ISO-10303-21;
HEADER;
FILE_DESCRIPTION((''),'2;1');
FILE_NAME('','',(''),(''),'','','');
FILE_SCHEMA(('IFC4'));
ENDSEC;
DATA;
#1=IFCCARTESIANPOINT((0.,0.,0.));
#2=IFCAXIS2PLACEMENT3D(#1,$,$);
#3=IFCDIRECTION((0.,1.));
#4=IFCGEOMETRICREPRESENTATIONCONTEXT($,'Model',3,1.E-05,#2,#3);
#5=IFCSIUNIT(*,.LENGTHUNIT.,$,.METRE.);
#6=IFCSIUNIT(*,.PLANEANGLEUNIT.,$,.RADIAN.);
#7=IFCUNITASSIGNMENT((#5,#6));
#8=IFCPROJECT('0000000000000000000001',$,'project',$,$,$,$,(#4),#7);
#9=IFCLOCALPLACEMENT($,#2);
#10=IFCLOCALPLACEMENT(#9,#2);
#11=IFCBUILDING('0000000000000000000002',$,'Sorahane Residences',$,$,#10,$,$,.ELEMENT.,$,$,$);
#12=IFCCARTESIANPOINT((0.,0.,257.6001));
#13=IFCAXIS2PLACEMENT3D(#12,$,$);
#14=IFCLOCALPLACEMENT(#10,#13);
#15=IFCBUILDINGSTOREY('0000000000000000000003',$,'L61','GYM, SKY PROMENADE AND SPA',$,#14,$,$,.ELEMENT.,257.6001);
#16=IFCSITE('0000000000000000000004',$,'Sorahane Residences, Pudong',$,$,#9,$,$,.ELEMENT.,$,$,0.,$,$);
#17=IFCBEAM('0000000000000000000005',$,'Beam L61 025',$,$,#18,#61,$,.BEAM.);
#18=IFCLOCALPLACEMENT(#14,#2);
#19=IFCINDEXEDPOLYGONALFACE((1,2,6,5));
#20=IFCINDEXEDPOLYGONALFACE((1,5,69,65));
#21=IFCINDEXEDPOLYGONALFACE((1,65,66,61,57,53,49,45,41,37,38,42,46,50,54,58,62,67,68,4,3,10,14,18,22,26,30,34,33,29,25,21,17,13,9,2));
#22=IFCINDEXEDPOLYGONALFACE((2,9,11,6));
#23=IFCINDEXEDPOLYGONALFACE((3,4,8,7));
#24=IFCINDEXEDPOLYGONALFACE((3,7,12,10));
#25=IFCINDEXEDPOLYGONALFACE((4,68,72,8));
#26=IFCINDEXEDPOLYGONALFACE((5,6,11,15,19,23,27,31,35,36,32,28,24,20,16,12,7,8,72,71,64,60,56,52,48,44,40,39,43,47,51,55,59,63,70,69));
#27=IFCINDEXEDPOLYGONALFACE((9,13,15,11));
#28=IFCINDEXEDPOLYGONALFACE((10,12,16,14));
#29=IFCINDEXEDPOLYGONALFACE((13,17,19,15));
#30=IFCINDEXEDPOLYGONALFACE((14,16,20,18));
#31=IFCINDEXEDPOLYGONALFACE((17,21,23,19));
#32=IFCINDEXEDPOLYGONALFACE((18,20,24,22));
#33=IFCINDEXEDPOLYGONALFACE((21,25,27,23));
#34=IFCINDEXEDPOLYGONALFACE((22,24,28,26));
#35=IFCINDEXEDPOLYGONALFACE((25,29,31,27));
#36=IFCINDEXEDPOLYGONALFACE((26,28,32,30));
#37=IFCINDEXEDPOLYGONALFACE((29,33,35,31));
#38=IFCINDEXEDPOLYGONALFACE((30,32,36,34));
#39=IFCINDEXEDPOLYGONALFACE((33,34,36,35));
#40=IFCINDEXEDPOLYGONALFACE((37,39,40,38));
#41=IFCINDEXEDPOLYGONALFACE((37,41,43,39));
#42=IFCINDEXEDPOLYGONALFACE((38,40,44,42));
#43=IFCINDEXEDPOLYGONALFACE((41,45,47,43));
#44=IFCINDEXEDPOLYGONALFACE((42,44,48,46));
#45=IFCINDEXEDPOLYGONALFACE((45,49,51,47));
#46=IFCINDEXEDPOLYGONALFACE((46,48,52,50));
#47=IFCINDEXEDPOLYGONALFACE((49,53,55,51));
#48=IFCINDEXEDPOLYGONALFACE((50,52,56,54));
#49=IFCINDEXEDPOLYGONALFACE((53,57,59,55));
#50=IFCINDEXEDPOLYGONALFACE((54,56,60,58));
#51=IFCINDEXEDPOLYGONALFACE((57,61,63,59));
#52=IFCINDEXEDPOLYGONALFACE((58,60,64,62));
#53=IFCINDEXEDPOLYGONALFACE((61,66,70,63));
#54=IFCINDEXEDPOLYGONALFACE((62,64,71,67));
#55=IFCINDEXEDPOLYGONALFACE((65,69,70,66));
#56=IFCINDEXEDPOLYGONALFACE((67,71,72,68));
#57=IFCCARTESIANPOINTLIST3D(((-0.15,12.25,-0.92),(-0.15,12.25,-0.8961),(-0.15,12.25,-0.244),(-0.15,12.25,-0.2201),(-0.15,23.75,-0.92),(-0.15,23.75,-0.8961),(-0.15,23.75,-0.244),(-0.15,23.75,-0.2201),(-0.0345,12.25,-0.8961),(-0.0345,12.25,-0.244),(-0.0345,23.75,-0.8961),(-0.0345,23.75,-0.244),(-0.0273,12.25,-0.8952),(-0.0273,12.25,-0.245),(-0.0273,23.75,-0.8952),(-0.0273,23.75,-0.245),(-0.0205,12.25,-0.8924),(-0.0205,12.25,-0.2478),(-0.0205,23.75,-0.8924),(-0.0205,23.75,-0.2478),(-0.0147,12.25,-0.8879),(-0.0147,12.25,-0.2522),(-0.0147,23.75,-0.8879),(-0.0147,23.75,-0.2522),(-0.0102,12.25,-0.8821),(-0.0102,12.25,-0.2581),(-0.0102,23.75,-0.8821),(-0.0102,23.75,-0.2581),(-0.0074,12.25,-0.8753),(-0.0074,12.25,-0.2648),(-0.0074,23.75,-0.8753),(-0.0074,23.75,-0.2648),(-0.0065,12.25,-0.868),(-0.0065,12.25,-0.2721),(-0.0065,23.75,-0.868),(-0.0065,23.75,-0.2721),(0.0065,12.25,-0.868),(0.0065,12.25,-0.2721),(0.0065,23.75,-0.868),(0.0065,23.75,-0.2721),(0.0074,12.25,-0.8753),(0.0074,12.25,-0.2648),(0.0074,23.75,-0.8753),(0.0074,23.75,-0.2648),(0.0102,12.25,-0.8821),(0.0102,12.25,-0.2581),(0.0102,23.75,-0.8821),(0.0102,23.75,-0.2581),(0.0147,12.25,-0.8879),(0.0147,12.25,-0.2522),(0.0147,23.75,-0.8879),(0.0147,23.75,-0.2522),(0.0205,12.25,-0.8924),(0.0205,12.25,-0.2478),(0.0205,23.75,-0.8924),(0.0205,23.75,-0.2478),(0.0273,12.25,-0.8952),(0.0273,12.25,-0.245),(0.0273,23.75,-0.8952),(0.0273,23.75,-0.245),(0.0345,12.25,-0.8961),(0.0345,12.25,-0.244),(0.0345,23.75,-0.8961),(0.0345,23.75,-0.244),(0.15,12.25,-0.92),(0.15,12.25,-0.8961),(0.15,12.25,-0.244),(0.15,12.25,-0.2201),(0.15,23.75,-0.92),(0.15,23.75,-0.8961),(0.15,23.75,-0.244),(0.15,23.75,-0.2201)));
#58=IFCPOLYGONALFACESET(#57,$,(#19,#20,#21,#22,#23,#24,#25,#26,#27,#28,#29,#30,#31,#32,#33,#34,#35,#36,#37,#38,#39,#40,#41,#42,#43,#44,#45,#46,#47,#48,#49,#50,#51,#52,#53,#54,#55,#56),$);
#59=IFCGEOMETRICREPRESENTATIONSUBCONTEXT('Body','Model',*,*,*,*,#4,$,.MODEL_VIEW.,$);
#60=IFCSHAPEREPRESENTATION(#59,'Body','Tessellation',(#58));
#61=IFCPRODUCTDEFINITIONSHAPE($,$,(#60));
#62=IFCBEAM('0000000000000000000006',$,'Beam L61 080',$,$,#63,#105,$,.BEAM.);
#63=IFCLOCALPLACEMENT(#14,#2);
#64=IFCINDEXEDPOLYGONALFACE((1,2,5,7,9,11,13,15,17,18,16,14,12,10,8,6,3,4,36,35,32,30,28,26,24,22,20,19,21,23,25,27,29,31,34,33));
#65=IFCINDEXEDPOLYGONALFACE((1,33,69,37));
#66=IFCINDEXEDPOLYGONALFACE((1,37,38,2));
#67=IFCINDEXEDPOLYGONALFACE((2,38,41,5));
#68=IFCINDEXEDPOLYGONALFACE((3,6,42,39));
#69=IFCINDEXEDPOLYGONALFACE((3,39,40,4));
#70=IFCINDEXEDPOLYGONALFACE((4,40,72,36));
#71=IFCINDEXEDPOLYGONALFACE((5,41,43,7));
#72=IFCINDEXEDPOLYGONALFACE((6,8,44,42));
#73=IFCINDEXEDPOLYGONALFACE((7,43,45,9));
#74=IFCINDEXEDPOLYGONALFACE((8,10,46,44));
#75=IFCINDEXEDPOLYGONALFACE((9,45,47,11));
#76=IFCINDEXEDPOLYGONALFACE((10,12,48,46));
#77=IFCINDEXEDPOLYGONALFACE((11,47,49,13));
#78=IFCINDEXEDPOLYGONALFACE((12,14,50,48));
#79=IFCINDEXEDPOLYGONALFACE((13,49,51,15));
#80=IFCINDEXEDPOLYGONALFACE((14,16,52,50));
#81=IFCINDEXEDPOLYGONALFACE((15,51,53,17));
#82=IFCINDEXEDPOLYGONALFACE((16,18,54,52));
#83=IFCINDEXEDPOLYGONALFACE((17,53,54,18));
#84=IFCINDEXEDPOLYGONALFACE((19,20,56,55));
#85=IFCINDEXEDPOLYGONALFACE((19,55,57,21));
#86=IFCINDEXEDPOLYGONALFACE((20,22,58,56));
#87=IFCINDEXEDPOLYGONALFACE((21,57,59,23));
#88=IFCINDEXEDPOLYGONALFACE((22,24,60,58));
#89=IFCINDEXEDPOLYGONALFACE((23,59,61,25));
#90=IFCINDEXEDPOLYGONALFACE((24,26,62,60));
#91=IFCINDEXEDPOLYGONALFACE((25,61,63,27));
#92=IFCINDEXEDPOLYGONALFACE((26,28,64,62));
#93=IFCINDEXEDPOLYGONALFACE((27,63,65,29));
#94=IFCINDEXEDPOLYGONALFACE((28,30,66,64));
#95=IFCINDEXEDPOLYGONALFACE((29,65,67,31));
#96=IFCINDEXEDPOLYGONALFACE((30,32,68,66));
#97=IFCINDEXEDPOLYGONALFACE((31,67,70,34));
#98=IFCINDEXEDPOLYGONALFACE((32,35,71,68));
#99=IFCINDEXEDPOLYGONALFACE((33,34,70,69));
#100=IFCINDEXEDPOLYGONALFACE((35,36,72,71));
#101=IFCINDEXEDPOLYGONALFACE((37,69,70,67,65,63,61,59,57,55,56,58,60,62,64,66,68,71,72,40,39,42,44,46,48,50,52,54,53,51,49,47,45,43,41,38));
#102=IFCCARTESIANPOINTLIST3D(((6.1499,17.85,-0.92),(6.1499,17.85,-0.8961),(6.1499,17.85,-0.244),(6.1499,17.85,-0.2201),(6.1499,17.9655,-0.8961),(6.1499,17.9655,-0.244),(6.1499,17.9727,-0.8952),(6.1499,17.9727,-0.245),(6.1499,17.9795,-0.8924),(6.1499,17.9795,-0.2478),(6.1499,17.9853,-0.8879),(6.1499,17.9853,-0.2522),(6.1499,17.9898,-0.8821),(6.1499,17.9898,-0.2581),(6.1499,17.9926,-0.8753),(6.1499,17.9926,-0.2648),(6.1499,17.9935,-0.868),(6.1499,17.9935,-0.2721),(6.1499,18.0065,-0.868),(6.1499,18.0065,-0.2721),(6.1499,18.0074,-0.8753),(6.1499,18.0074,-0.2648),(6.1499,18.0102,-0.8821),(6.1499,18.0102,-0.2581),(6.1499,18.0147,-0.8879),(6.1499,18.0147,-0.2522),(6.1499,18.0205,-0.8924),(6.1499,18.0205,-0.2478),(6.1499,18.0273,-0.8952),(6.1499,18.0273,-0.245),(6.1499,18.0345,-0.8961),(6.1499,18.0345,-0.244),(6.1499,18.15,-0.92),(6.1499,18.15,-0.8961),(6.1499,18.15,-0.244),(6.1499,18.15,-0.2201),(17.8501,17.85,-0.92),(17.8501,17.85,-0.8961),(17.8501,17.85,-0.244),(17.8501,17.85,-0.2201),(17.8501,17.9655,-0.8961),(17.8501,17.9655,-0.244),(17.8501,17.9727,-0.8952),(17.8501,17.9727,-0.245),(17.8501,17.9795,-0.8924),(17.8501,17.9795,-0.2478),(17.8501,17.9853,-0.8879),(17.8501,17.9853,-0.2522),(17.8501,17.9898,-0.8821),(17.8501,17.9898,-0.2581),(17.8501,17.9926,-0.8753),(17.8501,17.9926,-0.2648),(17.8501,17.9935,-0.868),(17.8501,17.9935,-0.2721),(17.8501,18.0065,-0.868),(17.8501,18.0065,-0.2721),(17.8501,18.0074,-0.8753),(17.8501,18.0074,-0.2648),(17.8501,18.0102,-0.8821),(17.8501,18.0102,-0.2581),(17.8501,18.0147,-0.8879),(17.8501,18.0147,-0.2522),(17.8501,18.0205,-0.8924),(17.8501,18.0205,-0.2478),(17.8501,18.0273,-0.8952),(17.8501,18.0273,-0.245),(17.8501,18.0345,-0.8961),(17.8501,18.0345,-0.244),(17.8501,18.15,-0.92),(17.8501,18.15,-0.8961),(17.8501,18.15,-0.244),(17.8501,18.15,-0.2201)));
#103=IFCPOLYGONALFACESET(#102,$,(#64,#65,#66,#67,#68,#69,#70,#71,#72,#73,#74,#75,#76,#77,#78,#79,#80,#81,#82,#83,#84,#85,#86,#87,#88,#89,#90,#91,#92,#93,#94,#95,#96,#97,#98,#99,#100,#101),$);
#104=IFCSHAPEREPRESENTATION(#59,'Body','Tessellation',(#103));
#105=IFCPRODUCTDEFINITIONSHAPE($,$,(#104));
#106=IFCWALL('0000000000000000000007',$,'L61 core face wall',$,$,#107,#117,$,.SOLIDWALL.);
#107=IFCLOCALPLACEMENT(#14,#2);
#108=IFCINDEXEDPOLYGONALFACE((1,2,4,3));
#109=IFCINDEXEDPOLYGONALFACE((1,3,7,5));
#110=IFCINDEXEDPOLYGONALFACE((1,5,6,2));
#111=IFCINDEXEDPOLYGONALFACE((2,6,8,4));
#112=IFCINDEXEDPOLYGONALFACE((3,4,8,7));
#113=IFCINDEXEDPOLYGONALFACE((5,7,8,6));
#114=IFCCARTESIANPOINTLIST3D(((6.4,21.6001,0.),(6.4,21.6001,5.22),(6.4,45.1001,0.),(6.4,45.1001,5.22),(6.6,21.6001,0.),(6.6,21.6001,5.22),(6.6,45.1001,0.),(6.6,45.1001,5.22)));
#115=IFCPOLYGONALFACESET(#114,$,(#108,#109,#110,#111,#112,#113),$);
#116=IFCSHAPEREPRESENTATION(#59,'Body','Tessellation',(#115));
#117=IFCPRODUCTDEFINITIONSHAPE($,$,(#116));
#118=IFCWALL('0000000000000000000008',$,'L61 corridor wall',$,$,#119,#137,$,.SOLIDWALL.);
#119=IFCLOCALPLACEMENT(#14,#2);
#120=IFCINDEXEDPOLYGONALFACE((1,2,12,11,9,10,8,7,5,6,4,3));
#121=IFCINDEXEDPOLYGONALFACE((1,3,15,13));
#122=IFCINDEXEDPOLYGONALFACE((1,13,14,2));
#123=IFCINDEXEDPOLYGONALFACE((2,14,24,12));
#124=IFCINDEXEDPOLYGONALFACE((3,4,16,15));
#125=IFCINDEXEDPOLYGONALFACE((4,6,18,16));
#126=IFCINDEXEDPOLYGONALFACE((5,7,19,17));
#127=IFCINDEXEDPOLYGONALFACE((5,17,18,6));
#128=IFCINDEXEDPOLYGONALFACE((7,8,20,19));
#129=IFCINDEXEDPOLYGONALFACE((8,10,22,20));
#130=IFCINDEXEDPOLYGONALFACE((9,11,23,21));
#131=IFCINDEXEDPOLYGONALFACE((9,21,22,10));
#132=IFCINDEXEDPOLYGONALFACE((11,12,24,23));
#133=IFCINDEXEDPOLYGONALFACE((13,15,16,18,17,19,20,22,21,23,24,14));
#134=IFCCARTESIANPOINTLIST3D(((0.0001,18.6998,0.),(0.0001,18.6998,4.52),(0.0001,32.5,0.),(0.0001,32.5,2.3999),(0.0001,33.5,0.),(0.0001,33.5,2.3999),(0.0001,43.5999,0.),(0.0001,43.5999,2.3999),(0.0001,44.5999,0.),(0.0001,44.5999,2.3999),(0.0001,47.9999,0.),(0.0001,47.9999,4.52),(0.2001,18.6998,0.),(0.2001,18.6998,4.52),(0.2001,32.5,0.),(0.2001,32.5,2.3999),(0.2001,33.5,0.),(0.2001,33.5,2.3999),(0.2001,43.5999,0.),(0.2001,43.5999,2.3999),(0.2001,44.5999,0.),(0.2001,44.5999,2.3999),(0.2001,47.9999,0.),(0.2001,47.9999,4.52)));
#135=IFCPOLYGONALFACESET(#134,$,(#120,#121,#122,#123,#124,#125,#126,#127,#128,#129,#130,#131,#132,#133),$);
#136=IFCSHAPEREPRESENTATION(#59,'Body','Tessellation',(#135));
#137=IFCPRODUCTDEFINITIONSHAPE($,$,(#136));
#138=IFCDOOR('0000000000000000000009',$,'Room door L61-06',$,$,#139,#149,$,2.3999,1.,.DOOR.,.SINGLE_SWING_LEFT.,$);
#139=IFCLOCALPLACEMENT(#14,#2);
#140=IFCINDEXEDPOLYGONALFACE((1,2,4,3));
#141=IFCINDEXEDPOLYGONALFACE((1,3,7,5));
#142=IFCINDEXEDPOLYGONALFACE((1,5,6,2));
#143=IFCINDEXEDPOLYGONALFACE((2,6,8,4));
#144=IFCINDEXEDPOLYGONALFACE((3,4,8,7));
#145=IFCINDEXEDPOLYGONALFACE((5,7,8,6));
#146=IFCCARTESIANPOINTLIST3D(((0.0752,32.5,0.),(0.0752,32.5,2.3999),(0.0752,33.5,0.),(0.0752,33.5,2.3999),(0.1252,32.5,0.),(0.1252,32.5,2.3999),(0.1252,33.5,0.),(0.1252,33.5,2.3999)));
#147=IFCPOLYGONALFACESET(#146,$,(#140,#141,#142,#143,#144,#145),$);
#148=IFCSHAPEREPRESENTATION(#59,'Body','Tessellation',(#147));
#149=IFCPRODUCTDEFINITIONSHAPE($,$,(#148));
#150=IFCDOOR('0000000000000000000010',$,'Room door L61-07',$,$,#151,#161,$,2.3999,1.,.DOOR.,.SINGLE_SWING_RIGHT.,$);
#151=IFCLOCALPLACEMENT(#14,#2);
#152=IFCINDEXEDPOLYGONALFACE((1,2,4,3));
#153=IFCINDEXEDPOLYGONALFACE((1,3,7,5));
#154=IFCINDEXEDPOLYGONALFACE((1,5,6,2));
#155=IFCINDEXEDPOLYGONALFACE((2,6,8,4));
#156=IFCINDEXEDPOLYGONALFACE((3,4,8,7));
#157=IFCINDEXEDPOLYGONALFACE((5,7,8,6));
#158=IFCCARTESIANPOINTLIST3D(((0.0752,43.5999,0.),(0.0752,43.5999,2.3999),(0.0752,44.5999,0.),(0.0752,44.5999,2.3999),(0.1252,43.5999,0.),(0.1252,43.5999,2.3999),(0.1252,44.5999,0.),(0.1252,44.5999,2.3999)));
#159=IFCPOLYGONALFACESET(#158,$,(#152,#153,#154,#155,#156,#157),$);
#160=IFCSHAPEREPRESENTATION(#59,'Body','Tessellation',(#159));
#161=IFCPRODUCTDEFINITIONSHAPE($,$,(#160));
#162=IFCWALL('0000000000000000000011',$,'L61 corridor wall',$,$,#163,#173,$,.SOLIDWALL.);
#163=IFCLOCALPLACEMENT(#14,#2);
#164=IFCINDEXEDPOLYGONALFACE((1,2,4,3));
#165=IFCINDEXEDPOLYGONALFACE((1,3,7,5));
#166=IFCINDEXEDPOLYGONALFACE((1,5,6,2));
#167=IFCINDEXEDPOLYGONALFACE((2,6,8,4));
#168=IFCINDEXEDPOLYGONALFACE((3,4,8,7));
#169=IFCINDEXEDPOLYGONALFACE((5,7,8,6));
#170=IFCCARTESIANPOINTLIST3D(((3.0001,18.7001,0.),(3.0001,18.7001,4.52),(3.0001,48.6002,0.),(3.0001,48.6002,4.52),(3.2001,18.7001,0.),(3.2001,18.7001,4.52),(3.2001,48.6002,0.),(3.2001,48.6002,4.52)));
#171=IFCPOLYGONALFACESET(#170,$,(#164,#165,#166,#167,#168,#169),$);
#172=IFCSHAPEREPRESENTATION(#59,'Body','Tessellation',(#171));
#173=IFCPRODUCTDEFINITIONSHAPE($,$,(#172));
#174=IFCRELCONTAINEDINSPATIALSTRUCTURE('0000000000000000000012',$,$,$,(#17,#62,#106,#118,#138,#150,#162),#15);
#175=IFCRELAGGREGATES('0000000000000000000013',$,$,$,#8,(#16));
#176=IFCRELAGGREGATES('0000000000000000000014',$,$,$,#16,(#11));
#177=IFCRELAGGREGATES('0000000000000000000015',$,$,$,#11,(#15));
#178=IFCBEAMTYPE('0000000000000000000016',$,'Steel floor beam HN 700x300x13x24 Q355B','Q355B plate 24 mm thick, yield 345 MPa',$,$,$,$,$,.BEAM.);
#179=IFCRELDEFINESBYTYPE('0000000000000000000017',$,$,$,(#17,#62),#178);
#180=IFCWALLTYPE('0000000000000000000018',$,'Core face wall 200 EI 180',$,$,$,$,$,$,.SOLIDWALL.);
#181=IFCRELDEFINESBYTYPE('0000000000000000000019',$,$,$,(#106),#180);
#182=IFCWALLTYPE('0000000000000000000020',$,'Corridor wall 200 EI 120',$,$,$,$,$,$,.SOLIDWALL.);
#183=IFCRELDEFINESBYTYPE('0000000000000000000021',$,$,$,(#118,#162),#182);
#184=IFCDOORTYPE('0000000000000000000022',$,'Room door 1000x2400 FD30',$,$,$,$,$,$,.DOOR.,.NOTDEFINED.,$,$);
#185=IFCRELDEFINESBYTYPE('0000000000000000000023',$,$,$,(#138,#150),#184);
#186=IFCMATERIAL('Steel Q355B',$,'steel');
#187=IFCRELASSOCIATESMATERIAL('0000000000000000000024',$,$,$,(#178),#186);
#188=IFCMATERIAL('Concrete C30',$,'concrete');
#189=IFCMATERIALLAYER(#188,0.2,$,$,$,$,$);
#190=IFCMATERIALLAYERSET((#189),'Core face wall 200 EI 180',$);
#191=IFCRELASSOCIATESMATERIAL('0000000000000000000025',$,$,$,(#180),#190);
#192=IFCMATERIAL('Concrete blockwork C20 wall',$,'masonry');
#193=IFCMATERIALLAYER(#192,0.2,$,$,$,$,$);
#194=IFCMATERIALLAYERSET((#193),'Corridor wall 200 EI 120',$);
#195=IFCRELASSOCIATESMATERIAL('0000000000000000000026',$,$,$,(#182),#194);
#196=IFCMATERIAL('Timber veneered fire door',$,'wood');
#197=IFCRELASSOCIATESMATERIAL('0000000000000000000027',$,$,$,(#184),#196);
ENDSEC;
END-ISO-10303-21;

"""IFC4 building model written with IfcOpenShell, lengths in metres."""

from ifc_helpers import new_model, si_unit, direction, frame, frame_2d, origin, origin_2d, place, context, subcontext, project, spatial, rectangle, i_section, extrude, material, layer, layer_set, material_profile, profile_set, type_object, element, fill, save


model = new_model("IFC4")

# Units and contexts
model_context = context("Model", 3, precision=1e-05, world=origin(), true_north=direction((0.0, 1.0)))
body_context = subcontext(model_context, "Body", "Model", "MODEL_VIEW")
ifc_project = project(units=[si_unit("LENGTHUNIT", "METRE"), si_unit("PLANEANGLEUNIT", "RADIAN")], contexts=[model_context])

# Site, building, storey
site_placement = place(None, origin())
site = spatial("IfcSite", under=ifc_project, at=site_placement, Name="Sorahane Residences, Pudong", CompositionType="ELEMENT", RefElevation=0.0)
building_placement = place(site_placement, origin())
building = spatial("IfcBuilding", under=site, at=building_placement, Name="Sorahane Residences", CompositionType="ELEMENT")
storey_placement = place(building_placement, frame((0.0, 0.0, 257.6001)))
storey = spatial("IfcBuildingStorey", under=building, at=storey_placement, Name="L61", Description="GYM, SKY PROMENADE AND SPA", CompositionType="ELEMENT", Elevation=257.6001)

# Beams
ifc_material_1 = material(Name="Steel Q355B", Category="steel")
ifc_material_profile_1 = material_profile(ifc_material_1, i_section(OverallWidth=0.3, OverallDepth=0.7, WebThickness=0.0129, FlangeThickness=0.0239, FilletRadius=0.0281, at=origin_2d()), Name="HN 700x300x13x24")
ifc_profile_set_1 = profile_set([ifc_material_profile_1], Name="Steel Q355B")
beam_type_1 = type_object("IfcBeamType", Name="Steel floor beam HN 700x300x13x24 Q355B", Description="Q355B plate 24 mm thick, yield 345 MPa", PredefinedType="BEAM", material=ifc_profile_set_1)
beam_1_placement = place(storey_placement, frame((0.0, 12.25, -0.5701), z_axis=(0.0, 1.0, 0.0), x_axis=(-1.0, 0.0, 0.0)))
element("IfcBeam", 1, at=beam_1_placement, inside=storey, type_object=beam_type_1, Name="Beam L61 025", PredefinedType="BEAM", context=body_context, shape_type="SweptSolid", body=[
    extrude(i_section(OverallWidth=0.3, OverallDepth=0.7, WebThickness=0.0129, FlangeThickness=0.0239, FilletRadius=0.0281, at=origin_2d()), origin(), (0.0, 0.0, 1.0), 11.5),
])
beam_2_placement = place(storey_placement, frame((6.1499, 18.0, -0.5701), z_axis=(1.0, 0.0, 0.0), x_axis=(0.0, 1.0, 0.0)))
element("IfcBeam", 2, at=beam_2_placement, inside=storey, type_object=beam_type_1, Name="Beam L61 080", PredefinedType="BEAM", context=body_context, shape_type="SweptSolid", body=[
    extrude(i_section(OverallWidth=0.3, OverallDepth=0.7, WebThickness=0.0129, FlangeThickness=0.0239, FilletRadius=0.0281, at=origin_2d()), origin(), (0.0, 0.0, 1.0), 11.7002),
])

# Wall
ifc_material_2 = material(Name="Concrete C30", Category="concrete")
ifc_layer_1 = layer(ifc_material_2, 0.2)
ifc_layer_set_1 = layer_set([ifc_layer_1], Name="Core face wall 200 EI 180")
wall_type_1 = type_object("IfcWallType", Name="Core face wall 200 EI 180", PredefinedType="SOLIDWALL", material=ifc_layer_set_1)
wall_1_placement = place(storey_placement, frame((6.5, 21.6001, 0.0), z_axis=(0.0, 0.0, 1.0), x_axis=(0.0, 1.0, 0.0)))
element("IfcWall", 3, at=wall_1_placement, inside=storey, type_object=wall_type_1, Name="L61 core face wall", PredefinedType="SOLIDWALL", context=body_context, shape_type="SweptSolid", body=[
    extrude(rectangle(XDim=23.5, YDim=0.2, at=frame_2d((11.75, 0.0))), origin(), (0.0, 0.0, 1.0), 5.22),
])

# Wall, openings, doors
ifc_material_3 = material(Name="Concrete blockwork C20 wall", Category="masonry")
ifc_layer_2 = layer(ifc_material_3, 0.2)
ifc_layer_set_2 = layer_set([ifc_layer_2], Name="Corridor wall 200 EI 120")
wall_type_2 = type_object("IfcWallType", Name="Corridor wall 200 EI 120", PredefinedType="SOLIDWALL", material=ifc_layer_set_2)
wall_2_placement = place(storey_placement, frame((0.1001, 18.7, 0.0), z_axis=(0.0, 0.0, 1.0), x_axis=(0.0, 1.0, 0.0)))
wall_2 = element("IfcWall", 4, at=wall_2_placement, inside=storey, type_object=wall_type_2, Name="L61 corridor wall", PredefinedType="SOLIDWALL", context=body_context, shape_type="SweptSolid", body=[
    extrude(rectangle(XDim=29.3, YDim=0.2, at=frame_2d((14.6499, 0.0))), origin(), (0.0, 0.0, 1.0), 4.52),
])
opening_1_placement = place(wall_2_placement, frame((13.8, 0.0, 0.0)))
opening_1 = element("IfcOpeningElement", 5, at=opening_1_placement, cuts=wall_2, PredefinedType="OPENING", context=body_context, shape_type="SweptSolid", body=[
    extrude(rectangle(XDim=1.0, YDim=2.3999, at=frame_2d((0.5, 1.2))), frame((0.0, 0.1099, 0.0), z_axis=(0.0, -1.0, 0.0), x_axis=(1.0, 0.0, 0.0)), (0.0, 0.0, 1.0), 0.22),
])
opening_2_placement = place(wall_2_placement, frame((24.8999, 0.0, 0.0)))
opening_2 = element("IfcOpeningElement", 6, at=opening_2_placement, cuts=wall_2, PredefinedType="OPENING", context=body_context, shape_type="SweptSolid", body=[
    extrude(rectangle(XDim=1.0, YDim=2.3999, at=frame_2d((0.5, 1.2))), frame((0.0, 0.1099, 0.0), z_axis=(0.0, -1.0, 0.0), x_axis=(1.0, 0.0, 0.0)), (0.0, 0.0, 1.0), 0.22),
])
ifc_material_4 = material(Name="Timber veneered fire door", Category="wood")
door_type_1 = type_object("IfcDoorType", Name="Room door 1000x2400 FD30", OperationType="NOTDEFINED", PredefinedType="DOOR", material=ifc_material_4)
door_1_placement = place(opening_1_placement, origin())
door_1 = element("IfcDoor", 7, at=door_1_placement, inside=storey, type_object=door_type_1, Name="Room door L61-06", OperationType="SINGLE_SWING_LEFT", OverallHeight=2.3999, OverallWidth=1.0, PredefinedType="DOOR", context=body_context, shape_type="SweptSolid", body=[
    extrude(rectangle(XDim=1.0, YDim=2.3999, at=frame_2d((0.5, 1.2))), frame((0.0, 0.0249, 0.0), z_axis=(0.0, -1.0, 0.0), x_axis=(1.0, 0.0, 0.0)), (0.0, 0.0, 1.0), 0.05),
])
fill(opening_1, door_1)
door_2_placement = place(opening_2_placement, origin())
door_2 = element("IfcDoor", 8, at=door_2_placement, inside=storey, type_object=door_type_1, Name="Room door L61-07", OperationType="SINGLE_SWING_RIGHT", OverallHeight=2.3999, OverallWidth=1.0, PredefinedType="DOOR", context=body_context, shape_type="SweptSolid", body=[
    extrude(rectangle(XDim=1.0, YDim=2.3999, at=frame_2d((0.5, 1.2))), frame((0.0, 0.0249, 0.0), z_axis=(0.0, -1.0, 0.0), x_axis=(1.0, 0.0, 0.0)), (0.0, 0.0, 1.0), 0.05),
])
fill(opening_2, door_2)

# Wall
wall_3_placement = place(storey_placement, frame((3.1001, 18.7, 0.0), z_axis=(0.0, 0.0, 1.0), x_axis=(0.0, 1.0, 0.0)))
element("IfcWall", 9, at=wall_3_placement, inside=storey, type_object=wall_type_2, Name="L61 corridor wall", PredefinedType="SOLIDWALL", context=body_context, shape_type="SweptSolid", body=[
    extrude(rectangle(XDim=29.9001, YDim=0.2, at=frame_2d((14.9502, 0.0))), origin(), (0.0, 0.0, 1.0), 4.52),
])

save(model, "model.ifc")
